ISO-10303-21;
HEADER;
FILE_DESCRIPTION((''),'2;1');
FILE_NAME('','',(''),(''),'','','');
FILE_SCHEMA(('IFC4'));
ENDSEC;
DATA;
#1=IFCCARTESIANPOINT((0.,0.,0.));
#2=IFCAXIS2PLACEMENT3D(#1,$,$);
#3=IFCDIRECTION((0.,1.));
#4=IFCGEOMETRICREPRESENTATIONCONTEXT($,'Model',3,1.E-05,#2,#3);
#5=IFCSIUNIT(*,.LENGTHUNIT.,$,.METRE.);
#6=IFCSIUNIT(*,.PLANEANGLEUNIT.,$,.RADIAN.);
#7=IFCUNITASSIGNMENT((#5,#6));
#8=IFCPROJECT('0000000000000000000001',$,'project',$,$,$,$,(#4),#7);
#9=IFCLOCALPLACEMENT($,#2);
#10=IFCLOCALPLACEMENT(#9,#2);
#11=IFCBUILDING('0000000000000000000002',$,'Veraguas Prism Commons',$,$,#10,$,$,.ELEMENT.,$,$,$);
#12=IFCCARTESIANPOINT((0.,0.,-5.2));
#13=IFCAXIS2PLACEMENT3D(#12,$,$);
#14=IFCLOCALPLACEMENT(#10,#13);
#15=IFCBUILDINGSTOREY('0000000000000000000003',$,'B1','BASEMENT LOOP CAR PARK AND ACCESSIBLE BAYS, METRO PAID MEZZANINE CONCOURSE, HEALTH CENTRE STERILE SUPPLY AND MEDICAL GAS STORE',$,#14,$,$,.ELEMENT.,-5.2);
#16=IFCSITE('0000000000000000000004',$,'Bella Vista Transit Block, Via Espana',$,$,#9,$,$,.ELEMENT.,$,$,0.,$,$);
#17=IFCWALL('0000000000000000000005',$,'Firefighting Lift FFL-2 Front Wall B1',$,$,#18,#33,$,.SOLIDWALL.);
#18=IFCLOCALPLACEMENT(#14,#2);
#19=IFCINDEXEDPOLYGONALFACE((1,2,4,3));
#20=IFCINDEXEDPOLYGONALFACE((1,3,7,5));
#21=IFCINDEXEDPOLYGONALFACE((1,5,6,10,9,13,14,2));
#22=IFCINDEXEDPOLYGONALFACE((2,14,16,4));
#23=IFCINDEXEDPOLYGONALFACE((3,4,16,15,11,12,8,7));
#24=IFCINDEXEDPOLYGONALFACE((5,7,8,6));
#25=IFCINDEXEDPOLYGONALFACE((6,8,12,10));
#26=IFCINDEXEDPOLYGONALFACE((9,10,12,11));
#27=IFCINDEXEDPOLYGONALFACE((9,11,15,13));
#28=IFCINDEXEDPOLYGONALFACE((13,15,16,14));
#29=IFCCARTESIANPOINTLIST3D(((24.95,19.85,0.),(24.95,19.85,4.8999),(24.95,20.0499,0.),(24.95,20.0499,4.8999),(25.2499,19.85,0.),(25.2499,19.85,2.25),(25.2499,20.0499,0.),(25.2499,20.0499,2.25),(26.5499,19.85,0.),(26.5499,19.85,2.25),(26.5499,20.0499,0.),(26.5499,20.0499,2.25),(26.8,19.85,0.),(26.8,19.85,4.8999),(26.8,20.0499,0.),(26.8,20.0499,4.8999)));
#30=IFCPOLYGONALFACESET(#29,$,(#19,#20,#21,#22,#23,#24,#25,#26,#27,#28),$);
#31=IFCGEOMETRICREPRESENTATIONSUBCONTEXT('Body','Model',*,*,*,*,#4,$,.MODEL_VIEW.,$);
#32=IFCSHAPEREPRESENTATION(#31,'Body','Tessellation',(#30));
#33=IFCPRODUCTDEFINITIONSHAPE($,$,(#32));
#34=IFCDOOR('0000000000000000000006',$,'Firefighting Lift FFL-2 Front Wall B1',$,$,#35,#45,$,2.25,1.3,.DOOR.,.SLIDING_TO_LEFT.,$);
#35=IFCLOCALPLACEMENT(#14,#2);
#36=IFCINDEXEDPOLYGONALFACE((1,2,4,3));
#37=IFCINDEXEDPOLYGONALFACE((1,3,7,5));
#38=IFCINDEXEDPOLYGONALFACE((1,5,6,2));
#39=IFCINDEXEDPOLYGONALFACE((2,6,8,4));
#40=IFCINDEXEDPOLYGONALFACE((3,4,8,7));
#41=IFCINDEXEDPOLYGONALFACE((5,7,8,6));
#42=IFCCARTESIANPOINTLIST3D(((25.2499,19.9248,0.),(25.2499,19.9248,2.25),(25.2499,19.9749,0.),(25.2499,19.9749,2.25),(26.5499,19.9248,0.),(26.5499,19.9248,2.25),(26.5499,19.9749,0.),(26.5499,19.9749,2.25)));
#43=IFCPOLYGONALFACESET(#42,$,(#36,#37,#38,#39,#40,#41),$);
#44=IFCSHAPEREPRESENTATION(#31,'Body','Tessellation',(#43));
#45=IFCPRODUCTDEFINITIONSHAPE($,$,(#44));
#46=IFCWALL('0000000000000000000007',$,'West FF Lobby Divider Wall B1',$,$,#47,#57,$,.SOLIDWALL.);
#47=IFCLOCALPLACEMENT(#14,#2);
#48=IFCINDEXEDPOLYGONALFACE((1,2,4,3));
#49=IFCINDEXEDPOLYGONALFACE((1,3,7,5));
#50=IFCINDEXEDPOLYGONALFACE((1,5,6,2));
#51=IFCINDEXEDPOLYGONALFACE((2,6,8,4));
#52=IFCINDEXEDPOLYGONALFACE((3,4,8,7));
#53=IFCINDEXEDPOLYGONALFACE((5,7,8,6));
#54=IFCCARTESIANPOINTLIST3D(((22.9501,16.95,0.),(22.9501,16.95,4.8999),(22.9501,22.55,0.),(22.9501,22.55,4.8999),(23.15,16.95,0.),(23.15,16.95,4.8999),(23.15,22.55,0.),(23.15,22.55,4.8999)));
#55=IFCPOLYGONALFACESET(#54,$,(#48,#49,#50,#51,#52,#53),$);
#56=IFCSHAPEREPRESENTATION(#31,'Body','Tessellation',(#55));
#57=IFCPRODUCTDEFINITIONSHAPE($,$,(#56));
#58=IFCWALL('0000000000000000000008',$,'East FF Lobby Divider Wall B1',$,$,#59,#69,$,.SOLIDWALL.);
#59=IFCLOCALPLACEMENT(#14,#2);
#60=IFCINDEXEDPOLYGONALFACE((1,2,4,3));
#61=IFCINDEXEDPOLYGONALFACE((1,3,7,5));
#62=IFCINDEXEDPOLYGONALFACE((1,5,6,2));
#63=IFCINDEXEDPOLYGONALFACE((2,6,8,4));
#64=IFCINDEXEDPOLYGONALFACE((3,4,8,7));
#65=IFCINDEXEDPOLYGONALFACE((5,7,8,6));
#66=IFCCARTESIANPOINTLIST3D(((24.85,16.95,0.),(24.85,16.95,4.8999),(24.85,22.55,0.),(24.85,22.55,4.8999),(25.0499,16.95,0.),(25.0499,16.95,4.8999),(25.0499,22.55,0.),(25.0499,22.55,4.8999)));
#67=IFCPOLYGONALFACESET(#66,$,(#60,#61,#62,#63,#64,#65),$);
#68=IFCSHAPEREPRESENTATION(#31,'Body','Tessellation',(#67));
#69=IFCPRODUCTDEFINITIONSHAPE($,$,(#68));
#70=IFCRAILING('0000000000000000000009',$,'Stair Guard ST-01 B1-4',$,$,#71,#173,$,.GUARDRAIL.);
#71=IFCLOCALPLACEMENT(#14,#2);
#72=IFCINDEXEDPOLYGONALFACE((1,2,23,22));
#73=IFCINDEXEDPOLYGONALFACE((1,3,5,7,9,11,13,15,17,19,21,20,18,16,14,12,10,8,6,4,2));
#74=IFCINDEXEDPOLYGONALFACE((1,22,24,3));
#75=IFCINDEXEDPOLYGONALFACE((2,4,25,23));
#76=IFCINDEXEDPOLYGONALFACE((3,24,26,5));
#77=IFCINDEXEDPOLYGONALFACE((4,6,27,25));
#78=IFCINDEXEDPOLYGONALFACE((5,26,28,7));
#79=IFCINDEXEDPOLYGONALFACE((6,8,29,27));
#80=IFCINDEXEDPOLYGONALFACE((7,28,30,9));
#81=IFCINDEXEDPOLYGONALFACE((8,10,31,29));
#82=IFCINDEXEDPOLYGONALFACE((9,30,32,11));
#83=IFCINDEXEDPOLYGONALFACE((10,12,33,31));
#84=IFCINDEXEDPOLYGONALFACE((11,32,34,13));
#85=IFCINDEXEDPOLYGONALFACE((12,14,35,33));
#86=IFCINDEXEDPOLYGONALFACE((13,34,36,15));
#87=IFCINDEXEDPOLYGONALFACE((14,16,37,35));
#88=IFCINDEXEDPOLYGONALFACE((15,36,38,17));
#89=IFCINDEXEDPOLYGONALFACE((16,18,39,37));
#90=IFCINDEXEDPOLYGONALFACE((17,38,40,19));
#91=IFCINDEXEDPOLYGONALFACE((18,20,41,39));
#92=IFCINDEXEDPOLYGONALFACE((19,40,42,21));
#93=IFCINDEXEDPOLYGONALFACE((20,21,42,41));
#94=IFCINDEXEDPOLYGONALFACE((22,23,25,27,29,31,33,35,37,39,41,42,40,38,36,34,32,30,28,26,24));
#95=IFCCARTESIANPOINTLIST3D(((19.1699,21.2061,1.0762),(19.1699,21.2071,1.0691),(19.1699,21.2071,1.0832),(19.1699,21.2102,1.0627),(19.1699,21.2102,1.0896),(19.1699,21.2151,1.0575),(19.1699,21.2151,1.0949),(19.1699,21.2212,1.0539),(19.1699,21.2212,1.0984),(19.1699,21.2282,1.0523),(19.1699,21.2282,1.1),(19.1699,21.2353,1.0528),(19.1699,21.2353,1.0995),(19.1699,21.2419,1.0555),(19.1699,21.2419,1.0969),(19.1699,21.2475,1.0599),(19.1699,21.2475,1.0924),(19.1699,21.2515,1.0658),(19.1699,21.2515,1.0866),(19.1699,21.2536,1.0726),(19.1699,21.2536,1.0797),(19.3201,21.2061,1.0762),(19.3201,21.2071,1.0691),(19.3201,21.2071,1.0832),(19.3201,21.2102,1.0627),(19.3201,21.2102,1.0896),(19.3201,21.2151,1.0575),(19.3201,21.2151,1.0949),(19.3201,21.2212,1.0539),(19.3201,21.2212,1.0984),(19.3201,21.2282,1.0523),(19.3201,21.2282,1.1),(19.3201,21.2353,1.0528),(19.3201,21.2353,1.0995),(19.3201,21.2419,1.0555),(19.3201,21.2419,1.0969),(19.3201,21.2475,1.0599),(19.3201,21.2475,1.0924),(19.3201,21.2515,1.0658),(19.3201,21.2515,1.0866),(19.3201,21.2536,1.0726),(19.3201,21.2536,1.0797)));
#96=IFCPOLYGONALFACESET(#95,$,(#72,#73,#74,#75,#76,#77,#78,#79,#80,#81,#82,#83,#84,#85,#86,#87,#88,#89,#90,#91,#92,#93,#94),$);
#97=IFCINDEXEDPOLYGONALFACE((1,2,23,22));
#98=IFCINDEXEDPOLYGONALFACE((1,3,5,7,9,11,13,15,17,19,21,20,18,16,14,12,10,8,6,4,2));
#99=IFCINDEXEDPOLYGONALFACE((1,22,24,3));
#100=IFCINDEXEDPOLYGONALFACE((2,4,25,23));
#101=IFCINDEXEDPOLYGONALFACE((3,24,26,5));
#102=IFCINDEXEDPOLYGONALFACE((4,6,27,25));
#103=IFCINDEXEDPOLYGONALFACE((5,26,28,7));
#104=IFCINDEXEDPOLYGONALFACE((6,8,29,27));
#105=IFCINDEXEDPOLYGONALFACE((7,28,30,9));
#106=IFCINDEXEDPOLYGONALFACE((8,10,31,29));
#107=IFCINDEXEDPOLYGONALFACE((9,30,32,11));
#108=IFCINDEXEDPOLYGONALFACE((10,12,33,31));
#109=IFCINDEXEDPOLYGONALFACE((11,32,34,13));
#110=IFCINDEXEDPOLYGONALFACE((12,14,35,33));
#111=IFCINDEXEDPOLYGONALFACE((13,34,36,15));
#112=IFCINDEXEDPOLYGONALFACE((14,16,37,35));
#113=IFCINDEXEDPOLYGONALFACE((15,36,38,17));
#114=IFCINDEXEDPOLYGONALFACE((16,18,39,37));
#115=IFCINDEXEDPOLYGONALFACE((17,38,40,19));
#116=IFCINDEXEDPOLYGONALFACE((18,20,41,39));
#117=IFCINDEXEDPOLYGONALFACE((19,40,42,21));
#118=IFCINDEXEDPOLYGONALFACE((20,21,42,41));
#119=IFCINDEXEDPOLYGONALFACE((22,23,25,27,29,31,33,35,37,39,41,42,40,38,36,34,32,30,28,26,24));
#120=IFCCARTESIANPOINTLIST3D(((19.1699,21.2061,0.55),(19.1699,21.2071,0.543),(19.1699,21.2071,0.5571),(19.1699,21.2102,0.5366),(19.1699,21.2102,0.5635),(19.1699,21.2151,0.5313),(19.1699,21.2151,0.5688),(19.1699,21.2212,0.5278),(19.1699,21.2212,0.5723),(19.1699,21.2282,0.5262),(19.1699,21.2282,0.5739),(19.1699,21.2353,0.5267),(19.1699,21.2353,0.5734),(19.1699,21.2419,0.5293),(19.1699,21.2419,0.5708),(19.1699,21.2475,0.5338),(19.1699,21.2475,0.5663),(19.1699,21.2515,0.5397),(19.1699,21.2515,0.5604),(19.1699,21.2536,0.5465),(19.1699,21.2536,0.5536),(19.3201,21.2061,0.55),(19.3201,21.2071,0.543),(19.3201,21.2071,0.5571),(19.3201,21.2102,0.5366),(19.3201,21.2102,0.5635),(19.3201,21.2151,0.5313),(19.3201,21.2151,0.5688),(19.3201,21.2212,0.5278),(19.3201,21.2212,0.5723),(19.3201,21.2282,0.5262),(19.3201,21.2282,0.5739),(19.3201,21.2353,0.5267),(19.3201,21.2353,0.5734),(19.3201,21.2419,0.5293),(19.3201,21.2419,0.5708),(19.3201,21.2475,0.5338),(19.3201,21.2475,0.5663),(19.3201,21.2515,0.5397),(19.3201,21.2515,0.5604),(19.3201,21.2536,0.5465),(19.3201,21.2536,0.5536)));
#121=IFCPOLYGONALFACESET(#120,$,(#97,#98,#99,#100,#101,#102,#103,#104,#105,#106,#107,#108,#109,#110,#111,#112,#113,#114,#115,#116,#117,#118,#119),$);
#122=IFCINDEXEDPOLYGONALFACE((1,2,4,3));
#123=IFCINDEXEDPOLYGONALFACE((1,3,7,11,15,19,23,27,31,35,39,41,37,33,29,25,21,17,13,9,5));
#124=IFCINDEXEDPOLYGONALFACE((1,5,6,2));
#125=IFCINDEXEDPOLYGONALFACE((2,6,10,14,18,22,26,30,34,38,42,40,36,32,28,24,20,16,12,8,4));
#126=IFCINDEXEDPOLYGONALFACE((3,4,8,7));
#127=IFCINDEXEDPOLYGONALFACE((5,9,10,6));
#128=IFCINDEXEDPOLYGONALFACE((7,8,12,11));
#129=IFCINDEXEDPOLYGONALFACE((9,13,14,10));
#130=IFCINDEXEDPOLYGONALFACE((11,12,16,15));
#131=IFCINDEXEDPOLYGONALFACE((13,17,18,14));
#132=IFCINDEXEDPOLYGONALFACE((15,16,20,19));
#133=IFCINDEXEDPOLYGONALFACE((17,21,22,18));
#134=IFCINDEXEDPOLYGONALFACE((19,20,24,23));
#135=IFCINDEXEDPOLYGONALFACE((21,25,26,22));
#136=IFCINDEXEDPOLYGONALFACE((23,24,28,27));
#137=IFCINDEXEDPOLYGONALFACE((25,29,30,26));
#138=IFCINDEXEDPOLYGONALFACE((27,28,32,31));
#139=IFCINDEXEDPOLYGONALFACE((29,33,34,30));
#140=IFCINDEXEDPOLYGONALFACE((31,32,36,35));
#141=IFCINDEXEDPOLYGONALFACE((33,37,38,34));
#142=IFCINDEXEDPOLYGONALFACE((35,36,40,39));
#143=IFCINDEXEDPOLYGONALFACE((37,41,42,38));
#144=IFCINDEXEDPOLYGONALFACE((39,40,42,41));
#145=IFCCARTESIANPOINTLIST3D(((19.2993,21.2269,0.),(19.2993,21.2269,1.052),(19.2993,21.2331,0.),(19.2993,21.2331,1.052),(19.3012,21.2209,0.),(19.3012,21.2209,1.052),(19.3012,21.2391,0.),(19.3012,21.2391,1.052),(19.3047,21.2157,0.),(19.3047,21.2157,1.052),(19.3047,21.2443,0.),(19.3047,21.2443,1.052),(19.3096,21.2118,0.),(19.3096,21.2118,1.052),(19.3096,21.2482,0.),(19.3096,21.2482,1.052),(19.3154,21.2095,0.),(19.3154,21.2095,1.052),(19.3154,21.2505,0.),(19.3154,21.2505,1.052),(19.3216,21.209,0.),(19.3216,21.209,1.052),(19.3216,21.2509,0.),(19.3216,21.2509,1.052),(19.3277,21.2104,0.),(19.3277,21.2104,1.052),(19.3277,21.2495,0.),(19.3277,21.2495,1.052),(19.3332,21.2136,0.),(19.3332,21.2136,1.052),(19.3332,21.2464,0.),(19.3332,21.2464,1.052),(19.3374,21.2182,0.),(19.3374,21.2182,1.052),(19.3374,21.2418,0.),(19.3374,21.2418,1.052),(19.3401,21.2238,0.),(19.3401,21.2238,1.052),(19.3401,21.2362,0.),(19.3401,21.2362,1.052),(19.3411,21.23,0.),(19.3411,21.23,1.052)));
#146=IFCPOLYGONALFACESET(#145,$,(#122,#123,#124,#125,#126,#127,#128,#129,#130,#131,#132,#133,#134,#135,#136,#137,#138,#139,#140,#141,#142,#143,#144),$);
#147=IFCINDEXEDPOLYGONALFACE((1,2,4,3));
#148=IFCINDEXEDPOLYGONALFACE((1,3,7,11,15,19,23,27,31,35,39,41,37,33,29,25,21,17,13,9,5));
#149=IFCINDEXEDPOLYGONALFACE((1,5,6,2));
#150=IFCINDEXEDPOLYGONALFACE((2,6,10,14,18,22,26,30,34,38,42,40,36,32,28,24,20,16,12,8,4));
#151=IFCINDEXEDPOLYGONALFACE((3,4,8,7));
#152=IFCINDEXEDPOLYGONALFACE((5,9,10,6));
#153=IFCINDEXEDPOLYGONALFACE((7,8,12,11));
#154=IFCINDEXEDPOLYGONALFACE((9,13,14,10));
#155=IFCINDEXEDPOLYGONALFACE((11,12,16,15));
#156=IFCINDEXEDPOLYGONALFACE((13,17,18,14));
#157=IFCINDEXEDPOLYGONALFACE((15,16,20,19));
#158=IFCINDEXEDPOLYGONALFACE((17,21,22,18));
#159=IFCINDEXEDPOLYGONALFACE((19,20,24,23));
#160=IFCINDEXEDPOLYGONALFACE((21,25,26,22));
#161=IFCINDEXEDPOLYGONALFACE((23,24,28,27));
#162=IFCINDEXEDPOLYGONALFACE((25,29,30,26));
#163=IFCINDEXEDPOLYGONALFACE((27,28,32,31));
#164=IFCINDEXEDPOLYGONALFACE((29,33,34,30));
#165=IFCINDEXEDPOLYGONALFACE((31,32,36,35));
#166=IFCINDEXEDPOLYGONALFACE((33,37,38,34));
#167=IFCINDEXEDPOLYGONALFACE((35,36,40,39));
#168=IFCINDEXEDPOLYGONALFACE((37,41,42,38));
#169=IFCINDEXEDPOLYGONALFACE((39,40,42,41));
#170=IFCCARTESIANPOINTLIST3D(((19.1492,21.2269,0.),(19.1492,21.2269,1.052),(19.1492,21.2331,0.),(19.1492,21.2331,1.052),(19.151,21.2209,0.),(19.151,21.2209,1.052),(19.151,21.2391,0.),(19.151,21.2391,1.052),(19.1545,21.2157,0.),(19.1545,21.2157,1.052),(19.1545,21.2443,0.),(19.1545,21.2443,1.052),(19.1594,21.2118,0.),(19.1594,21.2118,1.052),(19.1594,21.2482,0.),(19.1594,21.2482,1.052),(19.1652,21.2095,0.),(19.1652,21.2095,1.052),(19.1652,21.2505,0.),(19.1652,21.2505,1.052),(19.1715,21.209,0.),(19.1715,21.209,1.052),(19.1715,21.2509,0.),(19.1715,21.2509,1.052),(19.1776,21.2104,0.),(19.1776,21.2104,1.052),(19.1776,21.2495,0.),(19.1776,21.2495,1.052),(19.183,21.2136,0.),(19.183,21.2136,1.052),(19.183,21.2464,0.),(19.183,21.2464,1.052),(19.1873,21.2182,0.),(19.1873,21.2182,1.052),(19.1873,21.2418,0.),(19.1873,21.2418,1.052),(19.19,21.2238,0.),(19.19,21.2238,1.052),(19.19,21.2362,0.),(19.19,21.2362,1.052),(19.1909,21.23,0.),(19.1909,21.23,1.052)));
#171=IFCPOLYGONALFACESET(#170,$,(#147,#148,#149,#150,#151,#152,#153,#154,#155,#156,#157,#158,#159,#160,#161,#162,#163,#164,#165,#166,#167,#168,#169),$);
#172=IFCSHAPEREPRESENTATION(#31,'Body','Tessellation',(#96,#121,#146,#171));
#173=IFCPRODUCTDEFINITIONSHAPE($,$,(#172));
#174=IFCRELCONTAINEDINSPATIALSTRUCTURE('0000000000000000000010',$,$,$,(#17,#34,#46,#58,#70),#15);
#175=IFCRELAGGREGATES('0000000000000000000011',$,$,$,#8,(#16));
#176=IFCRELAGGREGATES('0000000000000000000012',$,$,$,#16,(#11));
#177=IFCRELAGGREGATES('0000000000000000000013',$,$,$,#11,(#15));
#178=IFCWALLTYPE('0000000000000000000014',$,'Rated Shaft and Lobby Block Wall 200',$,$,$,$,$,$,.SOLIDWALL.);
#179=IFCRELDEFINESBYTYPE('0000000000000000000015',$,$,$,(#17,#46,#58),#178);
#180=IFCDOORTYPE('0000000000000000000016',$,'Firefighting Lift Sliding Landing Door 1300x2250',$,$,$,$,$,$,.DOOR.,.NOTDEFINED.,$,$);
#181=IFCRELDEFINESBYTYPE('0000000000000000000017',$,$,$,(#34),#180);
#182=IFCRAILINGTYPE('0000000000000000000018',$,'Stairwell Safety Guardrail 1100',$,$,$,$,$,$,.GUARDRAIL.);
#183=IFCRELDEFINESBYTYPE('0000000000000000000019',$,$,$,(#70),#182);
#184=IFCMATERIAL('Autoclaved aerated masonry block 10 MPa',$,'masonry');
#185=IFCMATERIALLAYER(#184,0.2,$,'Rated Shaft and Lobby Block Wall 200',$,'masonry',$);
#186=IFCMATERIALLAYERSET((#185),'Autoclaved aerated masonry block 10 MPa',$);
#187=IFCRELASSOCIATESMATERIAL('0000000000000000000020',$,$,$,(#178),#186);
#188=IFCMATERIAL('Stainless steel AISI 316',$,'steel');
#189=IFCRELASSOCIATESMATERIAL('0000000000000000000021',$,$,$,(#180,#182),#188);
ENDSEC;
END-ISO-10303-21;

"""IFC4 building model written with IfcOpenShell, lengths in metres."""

from ifc_helpers import new_model, si_unit, direction, frame, frame_2d, origin, origin_2d, place, context, subcontext, project, spatial, rectangle, circle, extrude, source, transform, mapped, material, layer, layer_set, type_object, element, fill, save


model = new_model("IFC4")

# Units and contexts
model_context = context("Model", 3, precision=1e-05, world=origin(), true_north=direction((0.0, 1.0)))
body_context = subcontext(model_context, "Body", "Model", "MODEL_VIEW")
ifc_project = project(units=[si_unit("LENGTHUNIT", "METRE"), si_unit("PLANEANGLEUNIT", "RADIAN")], contexts=[model_context])

# Site, building, storey
site_placement = place(None, origin())
site = spatial("IfcSite", under=ifc_project, at=site_placement, Name="Bella Vista Transit Block, Via Espana", CompositionType="ELEMENT", RefElevation=0.0)
building_placement = place(site_placement, origin())
building = spatial("IfcBuilding", under=site, at=building_placement, Name="Veraguas Prism Commons", CompositionType="ELEMENT")
storey_placement = place(building_placement, frame((0.0, 0.0, -5.2)))
storey = spatial("IfcBuildingStorey", under=building, at=storey_placement, Name="B1", Description="BASEMENT LOOP CAR PARK AND ACCESSIBLE BAYS, METRO PAID MEZZANINE CONCOURSE, HEALTH CENTRE STERILE SUPPLY AND MEDICAL GAS STORE", CompositionType="ELEMENT", Elevation=-5.2)

# Wall, opening, door
ifc_material_1 = material(Name="Autoclaved aerated masonry block 10 MPa", Category="masonry")
ifc_layer_1 = layer(ifc_material_1, 0.2, Name="Rated Shaft and Lobby Block Wall 200", Category="masonry")
ifc_layer_set_1 = layer_set([ifc_layer_1], Name="Autoclaved aerated masonry block 10 MPa")
wall_type_1 = type_object("IfcWallType", Name="Rated Shaft and Lobby Block Wall 200", PredefinedType="SOLIDWALL", material=ifc_layer_set_1)
ifc_material_2 = material(Name="Stainless steel AISI 316", Category="steel")
door_type_1 = type_object("IfcDoorType", Name="Firefighting Lift Sliding Landing Door 1300x2250", OperationType="NOTDEFINED", PredefinedType="DOOR", material=ifc_material_2)
shared_shape_1 = source(origin(), body_context, "Body", "SweptSolid", [
    extrude(rectangle(XDim=1.3, YDim=2.25, at=frame_2d((0.6499, 1.125))), frame((0.0, 0.0249, 0.0), z_axis=(0.0, -1.0, 0.0), x_axis=(1.0, 0.0, 0.0)), (0.0, 0.0, 1.0), 0.05),
])
wall_1_placement = place(storey_placement, frame((24.95, 19.95, 0.0), z_axis=(0.0, 0.0, 1.0), x_axis=(1.0, 0.0, 0.0)))
wall_1 = element("IfcWall", 1, at=wall_1_placement, inside=storey, type_object=wall_type_1, Name="Firefighting Lift FFL-2 Front Wall B1", PredefinedType="SOLIDWALL", context=body_context, shape_type="SweptSolid", body=[
    extrude(rectangle(XDim=1.8501, YDim=0.2, at=frame_2d((0.925, 0.0))), origin(), (0.0, 0.0, 1.0), 4.8999),
])
opening_1_placement = place(wall_1_placement, frame((0.3, 0.0, 0.0)))
opening_1 = element("IfcOpeningElement", 2, at=opening_1_placement, cuts=wall_1, PredefinedType="OPENING", context=body_context, shape_type="SweptSolid", body=[
    extrude(rectangle(XDim=1.3, YDim=2.25, at=frame_2d((0.6499, 1.125))), frame((0.0, 0.1099, 0.0), z_axis=(0.0, -1.0, 0.0), x_axis=(1.0, 0.0, 0.0)), (0.0, 0.0, 1.0), 0.22),
])
door_1_placement = place(opening_1_placement, origin())
door_1 = element("IfcDoor", 3, at=door_1_placement, inside=storey, type_object=door_type_1, Name="Firefighting Lift FFL-2 Front Wall B1", OperationType="SLIDING_TO_LEFT", OverallHeight=2.25, OverallWidth=1.3, PredefinedType="DOOR", context=body_context, shape_type="MappedRepresentation", body=[
    mapped(shared_shape_1, transform((0.0, 0.0, 0.0), scale=1.0)),
])
fill(opening_1, door_1)

# Walls
for number, where, z_axis, x_axis, name in (
    (4, (23.05, 16.95, 0.0), (0.0, 0.0, 1.0), (0.0, 1.0, 0.0), "West FF Lobby Divider Wall B1"),
    (5, (24.95, 16.95, 0.0), (0.0, 0.0, 1.0), (0.0, 1.0, 0.0), "East FF Lobby Divider Wall B1"),
):
    element("IfcWall", number, at=place(storey_placement, frame(where, z_axis=z_axis, x_axis=x_axis)), inside=storey, type_object=wall_type_1, Name=name, PredefinedType="SOLIDWALL", context=body_context, shape_type="SweptSolid", body=[
        extrude(rectangle(XDim=5.6001, YDim=0.2, at=frame_2d((2.8, 0.0))), origin(), (0.0, 0.0, 1.0), 4.8999),
    ])

# Railing
railing_type = type_object("IfcRailingType", Name="Stairwell Safety Guardrail 1100", PredefinedType="GUARDRAIL", material=ifc_material_2)
railing_placement = place(storey_placement, frame((19.3201, 21.23, 0.0)))
element("IfcRailing", 6, at=railing_placement, inside=storey, type_object=railing_type, Name="Stair Guard ST-01 B1-4", PredefinedType="GUARDRAIL", context=body_context, shape_type="SweptSolid", body=[
    extrude(circle(Radius=0.0239, at=origin_2d()), frame((0.0, 0.0, 1.0762), z_axis=(-1.0, 0.0, 0.0), x_axis=(0.0, -1.0, 0.0)), (0.0, 0.0, 1.0), 0.1501),
    extrude(circle(Radius=0.0239, at=origin_2d()), frame((0.0, 0.0, 0.55), z_axis=(-1.0, 0.0, 0.0), x_axis=(0.0, -1.0, 0.0)), (0.0, 0.0, 1.0), 0.1501),
    extrude(circle(Radius=0.021, at=origin_2d()), origin(), (0.0, 0.0, 1.0), 1.052),
    extrude(circle(Radius=0.021, at=origin_2d()), frame((-0.1501, 0.0, 0.0)), (0.0, 0.0, 1.0), 1.052),
])

save(model, "model.ifc")
